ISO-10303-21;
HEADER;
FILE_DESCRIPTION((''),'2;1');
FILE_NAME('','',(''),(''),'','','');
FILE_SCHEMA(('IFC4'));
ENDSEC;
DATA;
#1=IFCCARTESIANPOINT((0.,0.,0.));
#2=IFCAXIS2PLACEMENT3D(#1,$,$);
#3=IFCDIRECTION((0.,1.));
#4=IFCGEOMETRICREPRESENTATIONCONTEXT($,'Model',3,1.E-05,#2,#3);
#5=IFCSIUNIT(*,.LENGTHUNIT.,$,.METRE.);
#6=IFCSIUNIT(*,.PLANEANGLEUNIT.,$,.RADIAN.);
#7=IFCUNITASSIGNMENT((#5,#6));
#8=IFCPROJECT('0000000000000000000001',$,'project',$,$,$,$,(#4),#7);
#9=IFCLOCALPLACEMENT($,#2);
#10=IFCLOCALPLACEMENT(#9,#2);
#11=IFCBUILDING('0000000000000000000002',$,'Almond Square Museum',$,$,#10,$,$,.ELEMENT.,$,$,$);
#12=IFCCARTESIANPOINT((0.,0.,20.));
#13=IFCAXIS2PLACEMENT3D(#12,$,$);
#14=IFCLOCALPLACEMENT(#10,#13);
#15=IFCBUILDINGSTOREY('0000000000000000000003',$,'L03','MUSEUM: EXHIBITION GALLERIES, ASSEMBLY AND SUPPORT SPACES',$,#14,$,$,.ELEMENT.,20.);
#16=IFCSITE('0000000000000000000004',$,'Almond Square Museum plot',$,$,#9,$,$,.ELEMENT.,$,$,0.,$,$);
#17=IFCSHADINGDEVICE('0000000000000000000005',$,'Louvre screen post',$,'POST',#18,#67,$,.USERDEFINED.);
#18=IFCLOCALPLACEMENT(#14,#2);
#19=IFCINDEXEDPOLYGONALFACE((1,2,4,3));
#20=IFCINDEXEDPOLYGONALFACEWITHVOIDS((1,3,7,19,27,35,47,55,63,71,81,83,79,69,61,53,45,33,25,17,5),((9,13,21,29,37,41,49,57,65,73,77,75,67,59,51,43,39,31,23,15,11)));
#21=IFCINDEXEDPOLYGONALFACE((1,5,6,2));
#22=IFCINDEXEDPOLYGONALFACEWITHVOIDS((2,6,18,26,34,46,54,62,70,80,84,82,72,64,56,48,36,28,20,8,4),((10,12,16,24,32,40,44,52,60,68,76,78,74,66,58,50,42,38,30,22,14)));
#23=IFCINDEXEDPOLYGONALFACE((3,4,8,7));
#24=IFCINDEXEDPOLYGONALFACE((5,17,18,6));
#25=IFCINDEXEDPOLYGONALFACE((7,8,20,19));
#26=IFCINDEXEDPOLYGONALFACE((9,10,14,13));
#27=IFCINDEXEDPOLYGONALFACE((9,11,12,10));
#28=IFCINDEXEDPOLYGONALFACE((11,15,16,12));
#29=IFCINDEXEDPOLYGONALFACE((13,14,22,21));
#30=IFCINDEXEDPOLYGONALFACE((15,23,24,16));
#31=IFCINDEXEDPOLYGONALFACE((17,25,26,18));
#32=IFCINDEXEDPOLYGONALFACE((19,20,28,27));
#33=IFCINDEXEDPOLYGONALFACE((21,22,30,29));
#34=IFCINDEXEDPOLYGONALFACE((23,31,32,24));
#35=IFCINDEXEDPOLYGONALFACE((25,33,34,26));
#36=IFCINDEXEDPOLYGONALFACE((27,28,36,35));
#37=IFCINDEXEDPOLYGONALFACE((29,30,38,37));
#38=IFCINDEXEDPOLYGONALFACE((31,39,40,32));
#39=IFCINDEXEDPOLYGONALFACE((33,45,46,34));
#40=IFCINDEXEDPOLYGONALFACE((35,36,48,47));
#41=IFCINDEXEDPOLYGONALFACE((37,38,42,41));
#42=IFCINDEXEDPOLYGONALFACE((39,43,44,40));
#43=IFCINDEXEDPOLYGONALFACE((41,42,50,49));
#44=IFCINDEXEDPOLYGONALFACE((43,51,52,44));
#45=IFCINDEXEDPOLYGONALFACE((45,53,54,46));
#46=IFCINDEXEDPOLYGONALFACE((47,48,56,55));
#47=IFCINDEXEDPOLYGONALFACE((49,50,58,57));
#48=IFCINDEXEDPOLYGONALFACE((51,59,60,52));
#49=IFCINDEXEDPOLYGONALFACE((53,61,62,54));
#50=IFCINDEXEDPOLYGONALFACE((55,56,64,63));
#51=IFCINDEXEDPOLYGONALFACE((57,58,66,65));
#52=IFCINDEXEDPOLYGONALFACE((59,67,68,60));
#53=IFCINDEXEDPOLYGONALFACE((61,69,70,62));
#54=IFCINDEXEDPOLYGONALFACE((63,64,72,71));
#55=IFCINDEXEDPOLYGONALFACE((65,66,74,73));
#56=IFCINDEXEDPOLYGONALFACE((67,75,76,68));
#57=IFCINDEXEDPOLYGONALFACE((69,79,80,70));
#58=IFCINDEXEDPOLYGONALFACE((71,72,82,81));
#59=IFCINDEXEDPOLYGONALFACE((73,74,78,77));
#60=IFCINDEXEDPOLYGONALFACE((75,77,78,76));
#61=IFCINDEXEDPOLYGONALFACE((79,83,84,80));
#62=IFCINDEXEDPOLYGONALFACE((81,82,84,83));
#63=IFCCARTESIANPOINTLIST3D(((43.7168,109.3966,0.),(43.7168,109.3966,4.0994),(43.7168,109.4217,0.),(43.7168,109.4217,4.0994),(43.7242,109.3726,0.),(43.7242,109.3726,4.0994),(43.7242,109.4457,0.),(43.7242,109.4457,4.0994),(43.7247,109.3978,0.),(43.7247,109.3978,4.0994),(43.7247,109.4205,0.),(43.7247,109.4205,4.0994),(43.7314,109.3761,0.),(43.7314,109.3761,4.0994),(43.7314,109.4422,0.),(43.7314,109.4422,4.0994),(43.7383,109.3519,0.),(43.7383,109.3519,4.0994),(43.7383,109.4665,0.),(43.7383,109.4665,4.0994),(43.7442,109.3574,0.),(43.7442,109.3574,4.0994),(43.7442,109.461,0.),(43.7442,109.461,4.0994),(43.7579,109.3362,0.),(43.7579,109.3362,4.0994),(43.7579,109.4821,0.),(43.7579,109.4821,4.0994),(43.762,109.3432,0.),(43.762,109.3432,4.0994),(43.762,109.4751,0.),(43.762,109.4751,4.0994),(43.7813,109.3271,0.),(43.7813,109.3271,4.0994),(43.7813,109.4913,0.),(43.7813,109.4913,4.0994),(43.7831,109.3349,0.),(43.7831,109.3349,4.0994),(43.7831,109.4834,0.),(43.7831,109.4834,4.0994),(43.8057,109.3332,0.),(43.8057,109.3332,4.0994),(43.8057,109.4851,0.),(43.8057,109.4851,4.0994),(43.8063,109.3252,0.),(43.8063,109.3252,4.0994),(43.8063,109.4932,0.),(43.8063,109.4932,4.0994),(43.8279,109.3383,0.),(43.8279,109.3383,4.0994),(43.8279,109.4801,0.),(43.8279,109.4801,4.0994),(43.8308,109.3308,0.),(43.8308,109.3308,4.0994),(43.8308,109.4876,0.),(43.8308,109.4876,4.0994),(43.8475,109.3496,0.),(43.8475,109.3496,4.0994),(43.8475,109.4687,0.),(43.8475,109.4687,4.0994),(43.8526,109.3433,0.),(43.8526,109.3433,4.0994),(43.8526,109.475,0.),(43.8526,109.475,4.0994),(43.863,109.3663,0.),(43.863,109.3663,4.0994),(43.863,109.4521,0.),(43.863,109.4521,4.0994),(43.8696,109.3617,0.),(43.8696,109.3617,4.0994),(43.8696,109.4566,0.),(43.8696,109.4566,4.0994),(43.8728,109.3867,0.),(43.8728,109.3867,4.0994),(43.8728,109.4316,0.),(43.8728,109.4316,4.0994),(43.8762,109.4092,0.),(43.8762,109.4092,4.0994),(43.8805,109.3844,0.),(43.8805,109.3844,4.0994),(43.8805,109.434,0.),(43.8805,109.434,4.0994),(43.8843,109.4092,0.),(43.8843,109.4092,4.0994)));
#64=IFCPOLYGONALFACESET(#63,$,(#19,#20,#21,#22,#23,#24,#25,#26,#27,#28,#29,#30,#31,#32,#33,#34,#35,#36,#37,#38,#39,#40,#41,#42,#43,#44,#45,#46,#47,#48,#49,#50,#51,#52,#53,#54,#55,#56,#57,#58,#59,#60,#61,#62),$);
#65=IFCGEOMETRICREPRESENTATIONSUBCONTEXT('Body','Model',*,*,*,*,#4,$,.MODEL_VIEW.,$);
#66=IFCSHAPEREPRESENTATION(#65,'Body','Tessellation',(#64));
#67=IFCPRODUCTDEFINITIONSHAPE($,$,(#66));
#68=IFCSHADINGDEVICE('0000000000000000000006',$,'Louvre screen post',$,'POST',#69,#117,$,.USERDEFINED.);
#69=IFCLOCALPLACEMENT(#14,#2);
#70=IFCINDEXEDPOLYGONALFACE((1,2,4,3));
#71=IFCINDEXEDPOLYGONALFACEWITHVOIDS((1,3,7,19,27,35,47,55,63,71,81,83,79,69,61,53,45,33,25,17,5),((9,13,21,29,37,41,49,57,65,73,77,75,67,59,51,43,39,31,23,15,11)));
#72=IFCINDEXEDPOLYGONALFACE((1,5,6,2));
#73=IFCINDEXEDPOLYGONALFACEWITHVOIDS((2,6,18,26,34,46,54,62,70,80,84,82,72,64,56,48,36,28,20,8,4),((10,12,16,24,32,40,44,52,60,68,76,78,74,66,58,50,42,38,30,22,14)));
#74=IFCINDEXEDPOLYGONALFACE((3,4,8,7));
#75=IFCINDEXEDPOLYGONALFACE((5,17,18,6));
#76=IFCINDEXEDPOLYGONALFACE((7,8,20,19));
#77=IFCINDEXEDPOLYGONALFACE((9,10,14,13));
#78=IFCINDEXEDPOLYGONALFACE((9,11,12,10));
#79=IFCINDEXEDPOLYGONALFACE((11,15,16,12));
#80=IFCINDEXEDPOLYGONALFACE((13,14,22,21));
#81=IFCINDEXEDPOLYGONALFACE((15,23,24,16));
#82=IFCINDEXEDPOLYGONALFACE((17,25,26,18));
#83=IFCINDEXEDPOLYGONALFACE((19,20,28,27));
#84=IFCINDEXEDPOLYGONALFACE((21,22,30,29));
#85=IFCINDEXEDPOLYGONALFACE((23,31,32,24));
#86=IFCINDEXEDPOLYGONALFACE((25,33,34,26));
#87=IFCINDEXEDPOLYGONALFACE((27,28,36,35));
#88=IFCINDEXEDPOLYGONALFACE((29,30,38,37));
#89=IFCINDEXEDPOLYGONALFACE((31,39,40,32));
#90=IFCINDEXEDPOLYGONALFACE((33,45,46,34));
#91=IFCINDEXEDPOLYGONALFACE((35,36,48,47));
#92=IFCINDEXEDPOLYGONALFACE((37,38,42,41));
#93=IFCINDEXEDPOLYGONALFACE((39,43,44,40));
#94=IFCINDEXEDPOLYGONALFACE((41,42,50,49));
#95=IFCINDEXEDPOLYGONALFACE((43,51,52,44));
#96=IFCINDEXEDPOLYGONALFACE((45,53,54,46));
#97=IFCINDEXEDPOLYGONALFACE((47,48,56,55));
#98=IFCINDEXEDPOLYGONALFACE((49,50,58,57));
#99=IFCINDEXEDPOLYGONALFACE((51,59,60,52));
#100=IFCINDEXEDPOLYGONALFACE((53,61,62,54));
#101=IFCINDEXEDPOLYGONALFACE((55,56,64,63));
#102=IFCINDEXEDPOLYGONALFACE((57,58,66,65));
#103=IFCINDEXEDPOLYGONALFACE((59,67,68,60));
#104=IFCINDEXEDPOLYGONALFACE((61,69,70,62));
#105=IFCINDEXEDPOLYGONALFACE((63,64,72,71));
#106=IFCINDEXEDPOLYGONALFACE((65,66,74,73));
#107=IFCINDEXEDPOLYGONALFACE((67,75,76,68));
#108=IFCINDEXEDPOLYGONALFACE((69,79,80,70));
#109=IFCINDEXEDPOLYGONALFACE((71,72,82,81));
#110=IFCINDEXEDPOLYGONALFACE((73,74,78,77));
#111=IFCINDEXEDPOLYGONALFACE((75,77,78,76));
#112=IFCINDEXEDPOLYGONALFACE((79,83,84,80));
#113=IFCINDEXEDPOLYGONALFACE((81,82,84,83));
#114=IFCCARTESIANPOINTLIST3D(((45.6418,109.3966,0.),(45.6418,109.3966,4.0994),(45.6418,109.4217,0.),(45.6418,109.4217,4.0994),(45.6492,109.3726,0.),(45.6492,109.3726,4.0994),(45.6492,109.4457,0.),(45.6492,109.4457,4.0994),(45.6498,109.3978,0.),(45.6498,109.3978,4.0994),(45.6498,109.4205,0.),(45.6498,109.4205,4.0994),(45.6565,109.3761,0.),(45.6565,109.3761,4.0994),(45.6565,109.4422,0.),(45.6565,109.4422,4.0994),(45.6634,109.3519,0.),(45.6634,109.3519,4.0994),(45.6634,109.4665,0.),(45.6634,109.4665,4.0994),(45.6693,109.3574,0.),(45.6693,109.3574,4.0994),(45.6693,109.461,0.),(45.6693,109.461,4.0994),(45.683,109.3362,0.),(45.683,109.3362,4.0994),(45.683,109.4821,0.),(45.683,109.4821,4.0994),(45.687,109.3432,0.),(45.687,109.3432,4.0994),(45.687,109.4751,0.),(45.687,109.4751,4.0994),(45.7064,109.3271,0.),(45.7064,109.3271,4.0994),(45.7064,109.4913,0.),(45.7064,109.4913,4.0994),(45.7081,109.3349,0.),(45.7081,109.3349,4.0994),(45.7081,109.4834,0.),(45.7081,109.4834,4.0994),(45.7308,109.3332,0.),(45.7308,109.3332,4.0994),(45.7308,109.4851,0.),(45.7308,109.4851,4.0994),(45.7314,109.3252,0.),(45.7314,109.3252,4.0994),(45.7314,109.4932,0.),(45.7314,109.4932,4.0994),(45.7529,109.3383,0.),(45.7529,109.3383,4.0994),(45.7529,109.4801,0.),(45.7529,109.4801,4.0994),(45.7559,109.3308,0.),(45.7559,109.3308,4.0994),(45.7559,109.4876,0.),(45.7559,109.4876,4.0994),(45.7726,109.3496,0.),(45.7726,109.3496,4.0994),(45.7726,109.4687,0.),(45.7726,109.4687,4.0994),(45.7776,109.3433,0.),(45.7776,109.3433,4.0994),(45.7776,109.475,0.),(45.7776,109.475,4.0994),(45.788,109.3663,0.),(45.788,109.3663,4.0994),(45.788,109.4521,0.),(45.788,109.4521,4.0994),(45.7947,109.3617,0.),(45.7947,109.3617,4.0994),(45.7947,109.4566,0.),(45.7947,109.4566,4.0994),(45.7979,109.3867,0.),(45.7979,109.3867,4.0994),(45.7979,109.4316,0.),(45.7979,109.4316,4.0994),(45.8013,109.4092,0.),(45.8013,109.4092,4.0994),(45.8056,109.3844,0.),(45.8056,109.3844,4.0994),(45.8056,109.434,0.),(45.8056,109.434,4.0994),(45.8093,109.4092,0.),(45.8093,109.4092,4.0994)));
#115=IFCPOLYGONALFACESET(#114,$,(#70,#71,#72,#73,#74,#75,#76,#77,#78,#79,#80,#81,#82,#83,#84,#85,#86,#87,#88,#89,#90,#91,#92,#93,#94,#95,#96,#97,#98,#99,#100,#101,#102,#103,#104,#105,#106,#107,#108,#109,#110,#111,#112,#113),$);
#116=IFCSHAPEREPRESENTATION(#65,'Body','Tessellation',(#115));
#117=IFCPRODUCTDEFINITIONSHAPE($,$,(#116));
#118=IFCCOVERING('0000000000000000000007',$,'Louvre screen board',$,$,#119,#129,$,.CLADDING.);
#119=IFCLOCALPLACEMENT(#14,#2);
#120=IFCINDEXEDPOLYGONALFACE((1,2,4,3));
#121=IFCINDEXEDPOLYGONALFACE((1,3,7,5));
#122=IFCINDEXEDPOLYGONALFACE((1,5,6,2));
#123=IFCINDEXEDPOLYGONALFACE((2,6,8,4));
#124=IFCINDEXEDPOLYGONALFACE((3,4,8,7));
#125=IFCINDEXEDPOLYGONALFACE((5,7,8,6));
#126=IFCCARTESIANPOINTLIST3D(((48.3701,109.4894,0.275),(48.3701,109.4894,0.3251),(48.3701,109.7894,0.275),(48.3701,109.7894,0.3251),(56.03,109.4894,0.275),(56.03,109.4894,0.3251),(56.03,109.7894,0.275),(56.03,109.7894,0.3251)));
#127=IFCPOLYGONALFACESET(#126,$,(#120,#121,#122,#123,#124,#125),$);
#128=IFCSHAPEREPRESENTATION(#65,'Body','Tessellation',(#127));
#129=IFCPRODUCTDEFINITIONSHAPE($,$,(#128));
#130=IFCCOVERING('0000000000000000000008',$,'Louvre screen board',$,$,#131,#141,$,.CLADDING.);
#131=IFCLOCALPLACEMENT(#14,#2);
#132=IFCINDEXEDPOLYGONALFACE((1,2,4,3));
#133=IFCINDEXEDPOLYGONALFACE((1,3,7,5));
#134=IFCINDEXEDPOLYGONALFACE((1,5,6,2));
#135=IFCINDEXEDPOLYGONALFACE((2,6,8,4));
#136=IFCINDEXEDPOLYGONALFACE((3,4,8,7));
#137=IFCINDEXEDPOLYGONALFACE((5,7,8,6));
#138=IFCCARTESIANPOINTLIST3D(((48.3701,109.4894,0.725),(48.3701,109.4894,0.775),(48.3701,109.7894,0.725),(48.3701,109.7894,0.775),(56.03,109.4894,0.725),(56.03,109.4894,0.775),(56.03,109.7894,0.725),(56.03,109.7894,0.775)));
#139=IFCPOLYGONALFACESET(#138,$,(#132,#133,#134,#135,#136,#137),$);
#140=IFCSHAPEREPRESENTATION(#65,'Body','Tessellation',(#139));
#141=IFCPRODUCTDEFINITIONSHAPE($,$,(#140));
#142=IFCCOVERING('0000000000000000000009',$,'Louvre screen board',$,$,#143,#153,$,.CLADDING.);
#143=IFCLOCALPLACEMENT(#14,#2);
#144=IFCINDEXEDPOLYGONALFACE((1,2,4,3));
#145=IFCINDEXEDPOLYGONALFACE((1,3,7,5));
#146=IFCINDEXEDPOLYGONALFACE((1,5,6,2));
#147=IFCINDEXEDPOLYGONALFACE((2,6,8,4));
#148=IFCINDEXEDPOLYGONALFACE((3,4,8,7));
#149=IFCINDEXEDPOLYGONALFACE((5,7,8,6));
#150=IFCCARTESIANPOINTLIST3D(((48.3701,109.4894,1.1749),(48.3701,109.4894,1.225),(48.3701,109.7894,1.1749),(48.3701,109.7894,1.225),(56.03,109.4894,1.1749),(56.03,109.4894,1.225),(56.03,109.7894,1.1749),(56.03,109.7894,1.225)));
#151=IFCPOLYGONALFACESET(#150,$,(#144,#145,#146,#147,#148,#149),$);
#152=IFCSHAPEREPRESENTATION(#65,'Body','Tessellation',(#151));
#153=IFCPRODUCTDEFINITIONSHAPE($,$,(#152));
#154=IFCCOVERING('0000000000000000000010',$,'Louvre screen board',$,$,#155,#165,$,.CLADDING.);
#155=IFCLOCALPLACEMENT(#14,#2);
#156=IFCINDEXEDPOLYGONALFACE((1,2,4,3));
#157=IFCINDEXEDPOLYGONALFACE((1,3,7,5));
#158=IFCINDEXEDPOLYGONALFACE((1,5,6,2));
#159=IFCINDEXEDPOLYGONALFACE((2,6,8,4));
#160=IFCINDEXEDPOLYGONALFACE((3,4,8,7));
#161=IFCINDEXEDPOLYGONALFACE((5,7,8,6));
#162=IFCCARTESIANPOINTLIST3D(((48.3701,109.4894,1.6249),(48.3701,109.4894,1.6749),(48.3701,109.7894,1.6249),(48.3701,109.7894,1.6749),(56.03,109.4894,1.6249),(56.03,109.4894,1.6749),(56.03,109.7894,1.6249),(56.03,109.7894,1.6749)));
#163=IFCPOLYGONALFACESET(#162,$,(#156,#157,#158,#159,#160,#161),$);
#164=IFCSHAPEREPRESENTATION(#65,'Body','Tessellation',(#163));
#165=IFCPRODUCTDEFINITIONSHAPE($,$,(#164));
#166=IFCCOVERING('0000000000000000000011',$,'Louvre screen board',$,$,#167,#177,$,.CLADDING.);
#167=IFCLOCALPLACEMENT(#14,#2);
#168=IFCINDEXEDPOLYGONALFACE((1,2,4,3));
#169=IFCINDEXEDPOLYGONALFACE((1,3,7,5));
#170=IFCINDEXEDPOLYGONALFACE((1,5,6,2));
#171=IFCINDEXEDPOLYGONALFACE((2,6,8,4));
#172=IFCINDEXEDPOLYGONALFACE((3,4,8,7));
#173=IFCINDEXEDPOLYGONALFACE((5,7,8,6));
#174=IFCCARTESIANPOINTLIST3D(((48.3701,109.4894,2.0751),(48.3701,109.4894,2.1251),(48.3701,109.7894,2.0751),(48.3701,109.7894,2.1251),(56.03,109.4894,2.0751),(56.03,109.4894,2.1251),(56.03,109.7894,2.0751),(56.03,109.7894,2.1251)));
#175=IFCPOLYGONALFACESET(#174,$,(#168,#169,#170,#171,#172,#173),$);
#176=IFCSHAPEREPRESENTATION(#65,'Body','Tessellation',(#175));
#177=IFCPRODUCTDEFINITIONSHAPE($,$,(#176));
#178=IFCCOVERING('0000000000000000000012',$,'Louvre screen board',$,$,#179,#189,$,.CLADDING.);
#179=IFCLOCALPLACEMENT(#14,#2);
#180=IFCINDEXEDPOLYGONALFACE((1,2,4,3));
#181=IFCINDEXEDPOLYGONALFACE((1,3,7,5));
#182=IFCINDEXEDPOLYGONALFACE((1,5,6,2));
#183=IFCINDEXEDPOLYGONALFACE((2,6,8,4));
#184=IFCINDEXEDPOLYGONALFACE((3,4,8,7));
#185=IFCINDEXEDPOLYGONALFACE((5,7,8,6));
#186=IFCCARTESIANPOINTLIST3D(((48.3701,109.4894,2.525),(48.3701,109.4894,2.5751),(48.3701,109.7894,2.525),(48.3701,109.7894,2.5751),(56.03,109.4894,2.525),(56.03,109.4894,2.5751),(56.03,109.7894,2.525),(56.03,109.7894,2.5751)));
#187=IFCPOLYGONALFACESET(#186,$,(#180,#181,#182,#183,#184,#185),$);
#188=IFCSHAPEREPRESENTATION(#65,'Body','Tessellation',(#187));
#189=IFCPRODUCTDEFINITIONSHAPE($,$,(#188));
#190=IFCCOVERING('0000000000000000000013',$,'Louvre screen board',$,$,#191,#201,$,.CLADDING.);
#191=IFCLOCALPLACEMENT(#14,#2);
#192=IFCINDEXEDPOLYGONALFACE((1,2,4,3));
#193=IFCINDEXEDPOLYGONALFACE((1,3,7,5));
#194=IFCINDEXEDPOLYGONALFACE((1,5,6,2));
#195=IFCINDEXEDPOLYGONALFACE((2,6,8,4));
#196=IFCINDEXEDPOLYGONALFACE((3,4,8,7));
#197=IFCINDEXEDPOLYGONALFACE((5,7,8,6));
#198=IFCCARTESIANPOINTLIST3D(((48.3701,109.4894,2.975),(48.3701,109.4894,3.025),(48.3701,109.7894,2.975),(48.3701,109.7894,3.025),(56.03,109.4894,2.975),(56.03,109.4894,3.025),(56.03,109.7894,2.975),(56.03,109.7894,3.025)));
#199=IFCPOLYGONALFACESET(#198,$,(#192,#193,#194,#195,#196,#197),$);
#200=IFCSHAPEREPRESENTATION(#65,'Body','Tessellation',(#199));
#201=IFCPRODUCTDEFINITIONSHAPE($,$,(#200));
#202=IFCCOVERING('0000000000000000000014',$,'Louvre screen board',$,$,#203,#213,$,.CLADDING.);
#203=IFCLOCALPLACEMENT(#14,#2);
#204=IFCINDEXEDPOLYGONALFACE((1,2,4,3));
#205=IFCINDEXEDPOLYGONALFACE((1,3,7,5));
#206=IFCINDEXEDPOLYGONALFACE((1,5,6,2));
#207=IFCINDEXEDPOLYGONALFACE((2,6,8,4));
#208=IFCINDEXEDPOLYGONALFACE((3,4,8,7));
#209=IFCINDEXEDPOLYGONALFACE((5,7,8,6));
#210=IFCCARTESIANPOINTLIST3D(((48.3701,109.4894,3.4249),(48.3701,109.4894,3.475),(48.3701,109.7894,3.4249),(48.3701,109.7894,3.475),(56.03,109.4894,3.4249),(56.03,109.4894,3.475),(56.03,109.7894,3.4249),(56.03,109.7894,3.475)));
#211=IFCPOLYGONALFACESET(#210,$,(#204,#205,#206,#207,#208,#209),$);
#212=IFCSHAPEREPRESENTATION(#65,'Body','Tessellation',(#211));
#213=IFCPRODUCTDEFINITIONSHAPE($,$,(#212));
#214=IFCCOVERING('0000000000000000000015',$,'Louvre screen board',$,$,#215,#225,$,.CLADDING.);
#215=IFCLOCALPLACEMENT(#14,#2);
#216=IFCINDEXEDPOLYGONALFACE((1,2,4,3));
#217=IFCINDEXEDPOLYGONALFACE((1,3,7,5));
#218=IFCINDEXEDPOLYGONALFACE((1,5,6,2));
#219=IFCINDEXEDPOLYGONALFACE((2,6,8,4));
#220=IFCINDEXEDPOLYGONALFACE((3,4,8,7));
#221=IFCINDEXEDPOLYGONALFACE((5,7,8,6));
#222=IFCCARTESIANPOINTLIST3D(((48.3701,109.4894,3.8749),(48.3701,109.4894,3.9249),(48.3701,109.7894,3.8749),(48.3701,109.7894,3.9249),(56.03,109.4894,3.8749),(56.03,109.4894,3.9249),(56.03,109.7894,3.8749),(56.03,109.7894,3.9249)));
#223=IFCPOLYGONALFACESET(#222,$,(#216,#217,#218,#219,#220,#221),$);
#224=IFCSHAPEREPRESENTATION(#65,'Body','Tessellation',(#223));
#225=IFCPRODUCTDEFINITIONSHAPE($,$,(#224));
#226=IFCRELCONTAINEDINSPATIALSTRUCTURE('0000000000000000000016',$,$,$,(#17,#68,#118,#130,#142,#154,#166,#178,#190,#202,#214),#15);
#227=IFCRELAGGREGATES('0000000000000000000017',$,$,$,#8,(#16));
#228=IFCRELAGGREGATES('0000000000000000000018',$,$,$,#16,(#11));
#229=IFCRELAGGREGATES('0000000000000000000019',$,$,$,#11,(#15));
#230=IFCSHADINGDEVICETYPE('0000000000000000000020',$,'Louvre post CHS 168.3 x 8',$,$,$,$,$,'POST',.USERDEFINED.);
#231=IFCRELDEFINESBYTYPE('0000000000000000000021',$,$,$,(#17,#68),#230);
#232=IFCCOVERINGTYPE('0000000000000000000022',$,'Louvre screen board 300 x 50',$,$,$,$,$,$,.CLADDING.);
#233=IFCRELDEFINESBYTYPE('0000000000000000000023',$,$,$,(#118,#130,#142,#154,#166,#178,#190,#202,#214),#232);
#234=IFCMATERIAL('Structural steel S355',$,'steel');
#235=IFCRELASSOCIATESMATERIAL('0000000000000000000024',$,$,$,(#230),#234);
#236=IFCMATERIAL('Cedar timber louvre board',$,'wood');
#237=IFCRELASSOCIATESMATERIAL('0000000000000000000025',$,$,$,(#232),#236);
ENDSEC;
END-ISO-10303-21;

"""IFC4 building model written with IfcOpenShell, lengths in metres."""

from ifc_helpers import new_model, si_unit, direction, frame, origin, origin_2d, place, context, subcontext, project, spatial, rectangle, hollow_circle, extrude, material, material_profile, profile_set, type_object, element, save


model = new_model("IFC4")

# Units and contexts
model_context = context("Model", 3, precision=1e-05, world=origin(), true_north=direction((0.0, 1.0)))
body_context = subcontext(model_context, "Body", "Model", "MODEL_VIEW")
ifc_project = project(units=[si_unit("LENGTHUNIT", "METRE"), si_unit("PLANEANGLEUNIT", "RADIAN")], contexts=[model_context])

# Site, building, storey
site_placement = place(None, origin())
site = spatial("IfcSite", under=ifc_project, at=site_placement, Name="Almond Square Museum plot", CompositionType="ELEMENT", RefElevation=0.0)
building_placement = place(site_placement, origin())
building = spatial("IfcBuilding", under=site, at=building_placement, Name="Almond Square Museum", CompositionType="ELEMENT")
storey_placement = place(building_placement, frame((0.0, 0.0, 20.0)))
storey = spatial("IfcBuildingStorey", under=building, at=storey_placement, Name="L03", Description="MUSEUM: EXHIBITION GALLERIES, ASSEMBLY AND SUPPORT SPACES", CompositionType="ELEMENT", Elevation=20.0)

# Shading devices
ifc_material_1 = material(Name="Structural steel S355", Category="steel")
ifc_material_profile_1 = material_profile(ifc_material_1, hollow_circle(Radius=0.0842, WallThickness=0.0081, at=origin_2d()))
ifc_profile_set_1 = profile_set([ifc_material_profile_1], Name="Structural steel S355")
shading_device_type = type_object("IfcShadingDeviceType", Name="Louvre post CHS 168.3 x 8", ElementType="POST", PredefinedType="USERDEFINED", material=ifc_profile_set_1)
for number, where, z_axis, x_axis, name in (
    (1, (43.8, 109.4092, 0.0), (0.0, 0.0, 1.0), (1.0, 0.0, 0.0), "Louvre screen post"),
    (2, (45.7251, 109.4092, 0.0), (0.0, 0.0, 1.0), (1.0, 0.0, 0.0), "Louvre screen post"),
):
    element("IfcShadingDevice", number, at=place(storey_placement, frame(where, z_axis=z_axis, x_axis=x_axis)), inside=storey, type_object=shading_device_type, Name=name, ObjectType="POST", PredefinedType="USERDEFINED", context=body_context, shape_type="SweptSolid", body=[
        extrude(hollow_circle(Radius=0.0842, WallThickness=0.0081, at=origin_2d()), origin(), (0.0, 0.0, 1.0), 4.0994),
    ])

# Coverings
ifc_material_2 = material(Name="Cedar timber louvre board", Category="wood")
ifc_material_profile_2 = material_profile(ifc_material_2, rectangle(XDim=0.3, YDim=0.05, at=origin_2d()))
ifc_profile_set_2 = profile_set([ifc_material_profile_2], Name="Cedar timber louvre board")
covering_type_1 = type_object("IfcCoveringType", Name="Louvre screen board 300 x 50", PredefinedType="CLADDING", material=ifc_profile_set_2)
for number, where, z_axis, x_axis, name in (
    (3, (48.3701, 109.6394, 0.3), (1.0, 0.0, 0.0), (0.0, 1.0, 0.0), "Louvre screen board"),
    (4, (48.3701, 109.6394, 0.75), (1.0, 0.0, 0.0), (0.0, 1.0, 0.0), "Louvre screen board"),
    (5, (48.3701, 109.6394, 1.2), (1.0, 0.0, 0.0), (0.0, 1.0, 0.0), "Louvre screen board"),
    (6, (48.3701, 109.6394, 1.6499), (1.0, 0.0, 0.0), (0.0, 1.0, 0.0), "Louvre screen board"),
    (7, (48.3701, 109.6394, 2.1001), (1.0, 0.0, 0.0), (0.0, 1.0, 0.0), "Louvre screen board"),
    (8, (48.3701, 109.6394, 2.55), (1.0, 0.0, 0.0), (0.0, 1.0, 0.0), "Louvre screen board"),
    (9, (48.3701, 109.6394, 3.0), (1.0, 0.0, 0.0), (0.0, 1.0, 0.0), "Louvre screen board"),
    (10, (48.3701, 109.6394, 3.45), (1.0, 0.0, 0.0), (0.0, 1.0, 0.0), "Louvre screen board"),
    (11, (48.3701, 109.6394, 3.8999), (1.0, 0.0, 0.0), (0.0, 1.0, 0.0), "Louvre screen board"),
):
    element("IfcCovering", number, at=place(storey_placement, frame(where, z_axis=z_axis, x_axis=x_axis)), inside=storey, type_object=covering_type_1, Name=name, PredefinedType="CLADDING", context=body_context, shape_type="SweptSolid", body=[
        extrude(rectangle(XDim=0.3, YDim=0.05, at=origin_2d()), origin(), (0.0, 0.0, 1.0), 7.6599),
    ])

save(model, "model.ifc")
